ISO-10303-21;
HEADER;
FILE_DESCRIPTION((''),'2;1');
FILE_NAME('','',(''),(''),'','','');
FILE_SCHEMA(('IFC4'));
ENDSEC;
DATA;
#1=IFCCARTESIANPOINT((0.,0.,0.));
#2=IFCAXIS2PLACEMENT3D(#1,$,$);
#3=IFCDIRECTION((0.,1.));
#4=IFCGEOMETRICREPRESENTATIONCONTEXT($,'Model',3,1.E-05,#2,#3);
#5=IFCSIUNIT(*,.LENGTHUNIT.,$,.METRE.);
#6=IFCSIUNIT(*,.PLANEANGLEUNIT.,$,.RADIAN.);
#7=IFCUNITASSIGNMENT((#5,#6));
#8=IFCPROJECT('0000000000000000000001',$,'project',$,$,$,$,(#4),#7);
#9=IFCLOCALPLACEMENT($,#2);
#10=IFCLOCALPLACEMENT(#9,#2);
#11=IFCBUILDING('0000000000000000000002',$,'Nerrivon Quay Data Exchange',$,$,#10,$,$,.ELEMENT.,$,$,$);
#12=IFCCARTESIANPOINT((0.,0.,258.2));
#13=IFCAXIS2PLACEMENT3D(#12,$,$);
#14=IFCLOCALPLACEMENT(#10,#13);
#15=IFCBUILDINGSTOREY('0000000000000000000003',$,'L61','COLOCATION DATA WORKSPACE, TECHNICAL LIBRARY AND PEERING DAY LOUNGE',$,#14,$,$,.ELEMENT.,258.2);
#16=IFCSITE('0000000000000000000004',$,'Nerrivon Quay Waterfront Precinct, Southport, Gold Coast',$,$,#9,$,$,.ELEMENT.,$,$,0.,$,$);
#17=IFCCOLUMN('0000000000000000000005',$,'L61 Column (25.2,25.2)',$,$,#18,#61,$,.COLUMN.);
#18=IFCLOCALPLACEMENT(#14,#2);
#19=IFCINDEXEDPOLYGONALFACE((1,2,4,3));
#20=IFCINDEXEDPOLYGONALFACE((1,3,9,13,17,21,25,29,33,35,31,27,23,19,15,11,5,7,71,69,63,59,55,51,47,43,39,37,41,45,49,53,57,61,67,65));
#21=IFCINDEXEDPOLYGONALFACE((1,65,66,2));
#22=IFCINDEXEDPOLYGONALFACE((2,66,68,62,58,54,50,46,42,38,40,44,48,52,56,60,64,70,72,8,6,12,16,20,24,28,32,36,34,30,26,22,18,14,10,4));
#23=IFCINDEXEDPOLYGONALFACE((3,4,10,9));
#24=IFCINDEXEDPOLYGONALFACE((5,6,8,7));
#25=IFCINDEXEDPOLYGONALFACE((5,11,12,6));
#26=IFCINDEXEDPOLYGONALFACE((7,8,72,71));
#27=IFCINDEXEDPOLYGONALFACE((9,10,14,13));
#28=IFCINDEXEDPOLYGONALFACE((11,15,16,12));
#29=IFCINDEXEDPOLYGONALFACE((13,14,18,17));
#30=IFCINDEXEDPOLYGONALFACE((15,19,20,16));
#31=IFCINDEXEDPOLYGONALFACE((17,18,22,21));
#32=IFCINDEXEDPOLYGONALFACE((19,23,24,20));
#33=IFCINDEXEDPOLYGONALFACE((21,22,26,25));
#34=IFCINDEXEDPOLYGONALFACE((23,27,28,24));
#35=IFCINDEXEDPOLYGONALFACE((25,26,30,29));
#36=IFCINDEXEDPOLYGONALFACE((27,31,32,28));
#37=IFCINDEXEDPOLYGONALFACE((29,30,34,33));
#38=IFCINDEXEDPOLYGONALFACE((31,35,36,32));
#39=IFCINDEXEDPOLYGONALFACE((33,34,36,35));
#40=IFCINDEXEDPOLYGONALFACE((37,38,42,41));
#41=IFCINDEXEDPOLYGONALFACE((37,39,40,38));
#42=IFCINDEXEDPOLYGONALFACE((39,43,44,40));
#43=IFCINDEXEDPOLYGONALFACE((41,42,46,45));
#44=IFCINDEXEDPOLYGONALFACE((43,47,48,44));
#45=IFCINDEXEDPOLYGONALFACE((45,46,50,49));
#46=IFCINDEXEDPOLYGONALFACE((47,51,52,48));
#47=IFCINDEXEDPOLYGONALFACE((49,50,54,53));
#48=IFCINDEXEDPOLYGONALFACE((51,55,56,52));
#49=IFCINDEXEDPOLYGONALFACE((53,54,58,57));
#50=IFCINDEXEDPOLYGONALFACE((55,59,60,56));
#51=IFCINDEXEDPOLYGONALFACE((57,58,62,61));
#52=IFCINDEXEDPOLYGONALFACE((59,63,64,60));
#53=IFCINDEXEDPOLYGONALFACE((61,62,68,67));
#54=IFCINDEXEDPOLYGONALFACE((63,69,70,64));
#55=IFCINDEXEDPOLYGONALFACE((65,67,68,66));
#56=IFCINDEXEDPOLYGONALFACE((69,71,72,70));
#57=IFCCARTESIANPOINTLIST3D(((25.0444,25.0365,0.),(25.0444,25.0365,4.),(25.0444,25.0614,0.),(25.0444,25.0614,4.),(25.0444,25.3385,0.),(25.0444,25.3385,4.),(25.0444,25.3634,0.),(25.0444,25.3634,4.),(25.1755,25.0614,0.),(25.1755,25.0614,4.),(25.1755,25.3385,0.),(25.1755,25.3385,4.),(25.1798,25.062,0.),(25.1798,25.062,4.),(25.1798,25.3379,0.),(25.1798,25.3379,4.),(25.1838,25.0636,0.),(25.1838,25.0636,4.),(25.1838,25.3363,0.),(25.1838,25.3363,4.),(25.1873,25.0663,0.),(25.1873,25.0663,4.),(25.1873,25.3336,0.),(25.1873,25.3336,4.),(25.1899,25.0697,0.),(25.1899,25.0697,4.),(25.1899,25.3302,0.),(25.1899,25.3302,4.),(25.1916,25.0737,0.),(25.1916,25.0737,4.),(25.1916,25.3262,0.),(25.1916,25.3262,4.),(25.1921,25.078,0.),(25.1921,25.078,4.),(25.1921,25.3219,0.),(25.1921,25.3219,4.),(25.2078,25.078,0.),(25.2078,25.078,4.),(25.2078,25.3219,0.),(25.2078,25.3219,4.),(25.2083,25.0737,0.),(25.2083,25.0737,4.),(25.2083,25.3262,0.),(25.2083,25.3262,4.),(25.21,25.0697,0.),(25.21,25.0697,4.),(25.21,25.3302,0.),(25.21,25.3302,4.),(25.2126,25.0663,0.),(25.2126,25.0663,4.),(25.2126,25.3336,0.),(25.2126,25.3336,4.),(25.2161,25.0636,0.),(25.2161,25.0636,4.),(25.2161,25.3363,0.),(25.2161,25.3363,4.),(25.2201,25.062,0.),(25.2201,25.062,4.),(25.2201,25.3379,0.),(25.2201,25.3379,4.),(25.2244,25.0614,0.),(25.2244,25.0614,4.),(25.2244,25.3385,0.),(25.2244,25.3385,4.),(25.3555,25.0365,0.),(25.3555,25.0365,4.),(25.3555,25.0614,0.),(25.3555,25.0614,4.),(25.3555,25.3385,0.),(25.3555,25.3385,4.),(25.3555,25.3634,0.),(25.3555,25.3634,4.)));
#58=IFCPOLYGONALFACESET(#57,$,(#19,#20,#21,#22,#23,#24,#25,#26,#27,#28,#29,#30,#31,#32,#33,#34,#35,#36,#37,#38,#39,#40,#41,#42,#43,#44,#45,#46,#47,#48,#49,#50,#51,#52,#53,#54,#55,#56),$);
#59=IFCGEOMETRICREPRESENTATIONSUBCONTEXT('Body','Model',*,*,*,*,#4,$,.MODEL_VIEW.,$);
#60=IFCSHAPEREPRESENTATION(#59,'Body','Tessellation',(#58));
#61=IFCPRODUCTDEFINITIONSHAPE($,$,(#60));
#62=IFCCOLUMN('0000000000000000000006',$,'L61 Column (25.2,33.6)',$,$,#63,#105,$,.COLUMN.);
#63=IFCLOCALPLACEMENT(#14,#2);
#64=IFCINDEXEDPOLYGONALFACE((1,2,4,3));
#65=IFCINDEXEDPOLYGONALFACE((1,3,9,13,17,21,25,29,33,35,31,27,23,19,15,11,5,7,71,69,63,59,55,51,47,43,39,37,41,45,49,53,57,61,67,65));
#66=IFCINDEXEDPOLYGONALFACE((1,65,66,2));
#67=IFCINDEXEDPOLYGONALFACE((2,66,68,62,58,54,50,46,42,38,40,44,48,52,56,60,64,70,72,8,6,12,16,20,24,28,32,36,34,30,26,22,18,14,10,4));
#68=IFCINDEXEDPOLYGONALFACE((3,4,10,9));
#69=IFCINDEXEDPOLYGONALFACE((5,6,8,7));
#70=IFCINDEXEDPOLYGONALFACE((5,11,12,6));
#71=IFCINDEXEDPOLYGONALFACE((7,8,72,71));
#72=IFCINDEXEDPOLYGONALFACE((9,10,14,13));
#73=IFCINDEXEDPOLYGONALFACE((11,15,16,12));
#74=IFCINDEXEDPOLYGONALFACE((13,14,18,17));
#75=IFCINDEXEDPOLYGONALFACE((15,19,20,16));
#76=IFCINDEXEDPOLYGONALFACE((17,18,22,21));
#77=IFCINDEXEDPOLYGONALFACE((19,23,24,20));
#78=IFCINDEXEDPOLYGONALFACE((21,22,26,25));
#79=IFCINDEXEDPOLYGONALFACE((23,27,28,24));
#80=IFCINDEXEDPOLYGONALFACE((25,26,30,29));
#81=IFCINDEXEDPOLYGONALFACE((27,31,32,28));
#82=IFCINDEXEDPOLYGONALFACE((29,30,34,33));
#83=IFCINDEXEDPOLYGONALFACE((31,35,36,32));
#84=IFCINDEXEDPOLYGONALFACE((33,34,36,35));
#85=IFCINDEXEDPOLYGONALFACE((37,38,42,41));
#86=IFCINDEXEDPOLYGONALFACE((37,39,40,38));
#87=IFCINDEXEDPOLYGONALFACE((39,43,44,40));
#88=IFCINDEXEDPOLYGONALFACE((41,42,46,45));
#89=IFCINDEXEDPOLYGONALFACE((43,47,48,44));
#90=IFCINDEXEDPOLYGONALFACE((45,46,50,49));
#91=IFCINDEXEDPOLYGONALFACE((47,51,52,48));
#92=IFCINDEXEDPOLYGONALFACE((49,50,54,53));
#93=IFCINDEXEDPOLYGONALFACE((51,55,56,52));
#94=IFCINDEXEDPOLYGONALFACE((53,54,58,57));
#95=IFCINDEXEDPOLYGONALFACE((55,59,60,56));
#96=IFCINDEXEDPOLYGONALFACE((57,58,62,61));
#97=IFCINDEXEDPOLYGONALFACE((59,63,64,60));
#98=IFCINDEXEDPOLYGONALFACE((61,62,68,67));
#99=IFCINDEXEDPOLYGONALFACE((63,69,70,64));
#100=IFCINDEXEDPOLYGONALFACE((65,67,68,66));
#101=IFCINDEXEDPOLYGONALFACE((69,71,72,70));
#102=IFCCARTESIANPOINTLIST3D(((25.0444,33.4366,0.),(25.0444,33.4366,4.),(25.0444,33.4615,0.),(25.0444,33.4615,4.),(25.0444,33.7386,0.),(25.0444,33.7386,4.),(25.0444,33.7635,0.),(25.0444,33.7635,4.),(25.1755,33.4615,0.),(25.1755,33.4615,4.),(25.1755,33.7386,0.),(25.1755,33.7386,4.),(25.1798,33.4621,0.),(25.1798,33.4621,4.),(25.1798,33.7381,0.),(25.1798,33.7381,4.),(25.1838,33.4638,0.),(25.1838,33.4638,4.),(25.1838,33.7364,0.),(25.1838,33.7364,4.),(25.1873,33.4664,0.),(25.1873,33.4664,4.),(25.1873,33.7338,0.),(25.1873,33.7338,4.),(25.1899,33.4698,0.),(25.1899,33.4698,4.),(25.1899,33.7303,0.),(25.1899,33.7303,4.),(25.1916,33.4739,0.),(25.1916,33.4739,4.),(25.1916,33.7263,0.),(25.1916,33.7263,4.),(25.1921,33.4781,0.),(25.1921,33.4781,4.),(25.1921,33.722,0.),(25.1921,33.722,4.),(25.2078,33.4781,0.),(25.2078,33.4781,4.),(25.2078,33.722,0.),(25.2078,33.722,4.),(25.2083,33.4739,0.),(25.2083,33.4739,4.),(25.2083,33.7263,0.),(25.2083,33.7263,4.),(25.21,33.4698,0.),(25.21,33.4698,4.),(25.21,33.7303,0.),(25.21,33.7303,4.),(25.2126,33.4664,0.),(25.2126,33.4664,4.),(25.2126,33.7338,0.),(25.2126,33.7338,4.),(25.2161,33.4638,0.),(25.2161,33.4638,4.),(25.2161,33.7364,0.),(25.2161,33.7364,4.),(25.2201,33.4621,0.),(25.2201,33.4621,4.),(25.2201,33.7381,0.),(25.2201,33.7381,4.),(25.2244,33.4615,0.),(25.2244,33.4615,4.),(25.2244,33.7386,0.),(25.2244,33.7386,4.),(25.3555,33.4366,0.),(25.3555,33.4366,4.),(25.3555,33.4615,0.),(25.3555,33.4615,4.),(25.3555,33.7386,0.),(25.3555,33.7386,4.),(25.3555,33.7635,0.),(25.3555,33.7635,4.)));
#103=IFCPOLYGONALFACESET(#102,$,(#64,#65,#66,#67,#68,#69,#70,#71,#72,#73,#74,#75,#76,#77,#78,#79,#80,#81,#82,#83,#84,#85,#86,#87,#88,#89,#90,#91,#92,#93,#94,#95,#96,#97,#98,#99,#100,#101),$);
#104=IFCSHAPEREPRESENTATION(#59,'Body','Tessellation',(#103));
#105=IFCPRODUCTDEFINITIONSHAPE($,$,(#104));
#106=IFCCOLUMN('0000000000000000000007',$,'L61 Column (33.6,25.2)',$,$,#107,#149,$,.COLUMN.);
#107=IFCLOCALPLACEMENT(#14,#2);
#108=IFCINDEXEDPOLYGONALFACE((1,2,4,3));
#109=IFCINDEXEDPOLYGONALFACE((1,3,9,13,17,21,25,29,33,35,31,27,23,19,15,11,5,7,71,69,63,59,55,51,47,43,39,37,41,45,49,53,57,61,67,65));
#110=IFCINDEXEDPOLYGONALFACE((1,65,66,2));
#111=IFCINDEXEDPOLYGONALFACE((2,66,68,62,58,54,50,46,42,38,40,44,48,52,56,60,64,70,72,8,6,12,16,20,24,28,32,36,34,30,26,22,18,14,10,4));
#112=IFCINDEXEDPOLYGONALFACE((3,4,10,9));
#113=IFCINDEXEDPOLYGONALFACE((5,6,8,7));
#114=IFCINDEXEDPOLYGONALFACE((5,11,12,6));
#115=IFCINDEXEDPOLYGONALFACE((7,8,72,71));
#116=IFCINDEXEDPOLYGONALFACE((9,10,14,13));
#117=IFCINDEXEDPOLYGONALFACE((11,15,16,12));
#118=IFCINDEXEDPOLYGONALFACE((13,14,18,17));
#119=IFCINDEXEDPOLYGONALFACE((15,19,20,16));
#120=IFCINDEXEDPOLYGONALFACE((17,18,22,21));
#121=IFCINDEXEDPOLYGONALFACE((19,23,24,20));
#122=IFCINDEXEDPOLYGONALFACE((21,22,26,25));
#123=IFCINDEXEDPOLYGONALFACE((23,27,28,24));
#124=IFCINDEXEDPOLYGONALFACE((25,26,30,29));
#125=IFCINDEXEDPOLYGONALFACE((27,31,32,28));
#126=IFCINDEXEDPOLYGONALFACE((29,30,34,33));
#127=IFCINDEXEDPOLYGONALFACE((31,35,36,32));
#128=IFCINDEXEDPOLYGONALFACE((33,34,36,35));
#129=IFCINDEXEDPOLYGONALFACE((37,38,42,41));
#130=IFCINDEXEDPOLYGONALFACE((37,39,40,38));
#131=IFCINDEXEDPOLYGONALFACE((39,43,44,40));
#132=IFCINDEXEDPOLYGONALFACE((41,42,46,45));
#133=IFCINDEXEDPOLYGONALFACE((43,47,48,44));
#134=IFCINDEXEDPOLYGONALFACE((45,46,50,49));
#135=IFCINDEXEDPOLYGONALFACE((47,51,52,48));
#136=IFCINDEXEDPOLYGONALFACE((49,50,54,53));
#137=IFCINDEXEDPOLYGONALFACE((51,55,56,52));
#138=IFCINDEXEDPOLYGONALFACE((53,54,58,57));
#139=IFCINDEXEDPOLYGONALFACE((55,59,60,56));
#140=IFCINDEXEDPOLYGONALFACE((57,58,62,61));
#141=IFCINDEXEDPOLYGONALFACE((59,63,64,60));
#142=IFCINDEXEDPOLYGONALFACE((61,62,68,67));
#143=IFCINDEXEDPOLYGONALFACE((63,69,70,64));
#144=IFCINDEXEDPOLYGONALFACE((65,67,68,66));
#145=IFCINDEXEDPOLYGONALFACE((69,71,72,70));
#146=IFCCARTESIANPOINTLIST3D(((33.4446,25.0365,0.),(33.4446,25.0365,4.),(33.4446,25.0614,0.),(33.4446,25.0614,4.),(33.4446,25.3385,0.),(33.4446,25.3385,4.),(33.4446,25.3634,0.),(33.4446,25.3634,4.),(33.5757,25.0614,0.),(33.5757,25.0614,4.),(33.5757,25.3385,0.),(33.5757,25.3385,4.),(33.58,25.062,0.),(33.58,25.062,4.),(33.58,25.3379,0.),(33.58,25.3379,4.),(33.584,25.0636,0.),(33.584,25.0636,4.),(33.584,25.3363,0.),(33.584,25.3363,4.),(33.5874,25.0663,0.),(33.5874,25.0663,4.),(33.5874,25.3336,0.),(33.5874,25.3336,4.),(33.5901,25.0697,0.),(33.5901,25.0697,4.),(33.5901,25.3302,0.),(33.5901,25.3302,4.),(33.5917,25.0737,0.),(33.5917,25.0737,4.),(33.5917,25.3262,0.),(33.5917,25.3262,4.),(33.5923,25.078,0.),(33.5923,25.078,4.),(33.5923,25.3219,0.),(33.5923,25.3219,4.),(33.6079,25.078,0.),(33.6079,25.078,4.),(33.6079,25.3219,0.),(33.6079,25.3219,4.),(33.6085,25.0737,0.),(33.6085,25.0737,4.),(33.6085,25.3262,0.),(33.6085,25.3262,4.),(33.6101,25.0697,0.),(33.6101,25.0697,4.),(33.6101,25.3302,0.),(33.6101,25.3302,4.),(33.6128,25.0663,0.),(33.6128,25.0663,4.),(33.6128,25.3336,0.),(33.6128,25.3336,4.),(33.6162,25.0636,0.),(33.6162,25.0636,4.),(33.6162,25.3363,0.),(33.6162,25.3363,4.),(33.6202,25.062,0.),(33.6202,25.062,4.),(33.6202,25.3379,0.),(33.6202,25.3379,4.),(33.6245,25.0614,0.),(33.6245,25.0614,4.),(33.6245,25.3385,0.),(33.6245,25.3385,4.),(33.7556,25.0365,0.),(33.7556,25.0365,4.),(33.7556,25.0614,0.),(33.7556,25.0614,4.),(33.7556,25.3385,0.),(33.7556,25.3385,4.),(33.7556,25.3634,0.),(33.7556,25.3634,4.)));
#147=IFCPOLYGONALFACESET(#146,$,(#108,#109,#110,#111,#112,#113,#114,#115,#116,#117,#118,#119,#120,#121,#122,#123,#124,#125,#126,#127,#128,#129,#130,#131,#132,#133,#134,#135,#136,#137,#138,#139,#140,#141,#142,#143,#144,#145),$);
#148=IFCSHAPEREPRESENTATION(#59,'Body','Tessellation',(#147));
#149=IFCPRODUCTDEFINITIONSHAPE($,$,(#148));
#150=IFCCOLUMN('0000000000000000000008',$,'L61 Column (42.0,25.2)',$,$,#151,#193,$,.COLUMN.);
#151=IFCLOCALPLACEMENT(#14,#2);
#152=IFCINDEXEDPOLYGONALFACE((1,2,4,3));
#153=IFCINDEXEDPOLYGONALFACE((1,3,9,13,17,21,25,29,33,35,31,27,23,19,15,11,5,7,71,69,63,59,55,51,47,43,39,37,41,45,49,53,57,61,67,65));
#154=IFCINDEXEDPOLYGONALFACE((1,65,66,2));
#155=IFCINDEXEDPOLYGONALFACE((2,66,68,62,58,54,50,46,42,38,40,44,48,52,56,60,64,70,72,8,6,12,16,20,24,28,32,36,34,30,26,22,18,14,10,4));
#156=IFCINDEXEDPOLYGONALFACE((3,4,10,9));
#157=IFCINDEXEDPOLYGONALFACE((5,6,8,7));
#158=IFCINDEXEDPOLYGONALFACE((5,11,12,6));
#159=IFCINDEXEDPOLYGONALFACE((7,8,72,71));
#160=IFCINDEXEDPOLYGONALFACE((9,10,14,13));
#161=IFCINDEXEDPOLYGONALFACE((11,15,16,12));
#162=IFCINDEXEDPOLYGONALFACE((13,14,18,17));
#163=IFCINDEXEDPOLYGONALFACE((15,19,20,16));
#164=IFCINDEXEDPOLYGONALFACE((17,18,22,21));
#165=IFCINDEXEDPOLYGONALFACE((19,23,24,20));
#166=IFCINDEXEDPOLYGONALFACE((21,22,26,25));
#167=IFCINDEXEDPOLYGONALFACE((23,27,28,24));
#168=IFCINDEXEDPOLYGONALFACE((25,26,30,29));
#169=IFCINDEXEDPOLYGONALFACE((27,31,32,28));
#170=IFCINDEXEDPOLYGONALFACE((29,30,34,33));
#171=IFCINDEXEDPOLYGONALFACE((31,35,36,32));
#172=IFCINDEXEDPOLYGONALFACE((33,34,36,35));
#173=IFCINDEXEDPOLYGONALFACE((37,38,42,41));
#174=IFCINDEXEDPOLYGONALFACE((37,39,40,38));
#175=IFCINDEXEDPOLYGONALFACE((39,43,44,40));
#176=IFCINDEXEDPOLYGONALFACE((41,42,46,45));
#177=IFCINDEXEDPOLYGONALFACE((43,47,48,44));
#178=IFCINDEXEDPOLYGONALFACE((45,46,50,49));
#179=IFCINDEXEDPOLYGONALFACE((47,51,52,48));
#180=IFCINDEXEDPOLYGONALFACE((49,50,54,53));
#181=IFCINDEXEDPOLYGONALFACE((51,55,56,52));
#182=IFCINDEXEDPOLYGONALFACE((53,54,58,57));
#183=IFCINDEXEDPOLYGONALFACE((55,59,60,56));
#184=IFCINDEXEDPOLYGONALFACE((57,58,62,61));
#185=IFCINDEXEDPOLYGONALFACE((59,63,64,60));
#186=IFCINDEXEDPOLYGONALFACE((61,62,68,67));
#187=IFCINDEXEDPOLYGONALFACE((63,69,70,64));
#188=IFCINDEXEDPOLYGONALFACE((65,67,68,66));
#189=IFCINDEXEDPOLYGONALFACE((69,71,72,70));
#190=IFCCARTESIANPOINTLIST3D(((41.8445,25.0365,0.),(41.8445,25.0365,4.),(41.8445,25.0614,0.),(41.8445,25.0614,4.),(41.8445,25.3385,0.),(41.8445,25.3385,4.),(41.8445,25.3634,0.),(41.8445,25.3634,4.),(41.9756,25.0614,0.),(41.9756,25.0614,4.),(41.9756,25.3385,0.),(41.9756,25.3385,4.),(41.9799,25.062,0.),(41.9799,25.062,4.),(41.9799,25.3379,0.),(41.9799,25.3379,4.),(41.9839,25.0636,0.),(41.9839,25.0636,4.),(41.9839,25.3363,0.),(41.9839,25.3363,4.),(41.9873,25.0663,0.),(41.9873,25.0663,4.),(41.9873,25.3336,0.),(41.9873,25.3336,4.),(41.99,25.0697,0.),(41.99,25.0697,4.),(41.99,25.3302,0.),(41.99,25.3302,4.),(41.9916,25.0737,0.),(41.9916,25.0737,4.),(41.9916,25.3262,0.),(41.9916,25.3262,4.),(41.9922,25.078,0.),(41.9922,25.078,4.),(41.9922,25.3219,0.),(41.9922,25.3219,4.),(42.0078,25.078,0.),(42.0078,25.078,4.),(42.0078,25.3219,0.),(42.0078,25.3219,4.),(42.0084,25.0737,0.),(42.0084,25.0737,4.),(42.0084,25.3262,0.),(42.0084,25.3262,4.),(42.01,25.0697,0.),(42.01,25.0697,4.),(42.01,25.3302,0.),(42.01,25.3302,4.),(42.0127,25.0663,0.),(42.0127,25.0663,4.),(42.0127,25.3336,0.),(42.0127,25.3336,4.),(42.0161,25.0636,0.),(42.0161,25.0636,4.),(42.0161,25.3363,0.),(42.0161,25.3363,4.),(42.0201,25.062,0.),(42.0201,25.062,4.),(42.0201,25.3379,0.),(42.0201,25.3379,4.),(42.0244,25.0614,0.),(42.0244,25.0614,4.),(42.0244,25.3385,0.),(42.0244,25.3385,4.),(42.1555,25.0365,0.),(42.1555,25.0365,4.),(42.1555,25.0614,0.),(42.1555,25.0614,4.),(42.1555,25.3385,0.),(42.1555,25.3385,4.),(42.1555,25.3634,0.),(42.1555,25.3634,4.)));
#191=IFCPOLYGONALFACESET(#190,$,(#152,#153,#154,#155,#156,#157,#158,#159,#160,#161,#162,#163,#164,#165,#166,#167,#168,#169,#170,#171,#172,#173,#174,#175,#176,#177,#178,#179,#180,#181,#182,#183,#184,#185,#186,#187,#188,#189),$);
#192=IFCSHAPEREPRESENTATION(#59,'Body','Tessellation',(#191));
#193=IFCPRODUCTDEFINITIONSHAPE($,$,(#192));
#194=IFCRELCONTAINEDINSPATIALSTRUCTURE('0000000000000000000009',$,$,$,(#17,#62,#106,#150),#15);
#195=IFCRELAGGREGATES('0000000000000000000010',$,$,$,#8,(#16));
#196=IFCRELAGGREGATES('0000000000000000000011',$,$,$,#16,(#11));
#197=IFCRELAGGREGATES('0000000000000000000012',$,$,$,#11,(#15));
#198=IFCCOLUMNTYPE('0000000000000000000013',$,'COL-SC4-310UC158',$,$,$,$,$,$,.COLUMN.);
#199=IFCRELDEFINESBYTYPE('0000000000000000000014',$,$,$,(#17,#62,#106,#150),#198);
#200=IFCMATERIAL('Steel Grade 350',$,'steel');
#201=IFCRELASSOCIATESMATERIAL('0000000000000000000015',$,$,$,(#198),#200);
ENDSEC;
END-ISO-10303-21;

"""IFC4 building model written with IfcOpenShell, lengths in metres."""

from ifc_helpers import new_model, si_unit, direction, frame, origin, origin_2d, place, context, subcontext, project, spatial, i_section, extrude, material, material_profile, profile_set, type_object, element, save


model = new_model("IFC4")

# Units and contexts
model_context = context("Model", 3, precision=1e-05, world=origin(), true_north=direction((0.0, 1.0)))
body_context = subcontext(model_context, "Body", "Model", "MODEL_VIEW")
ifc_project = project(units=[si_unit("LENGTHUNIT", "METRE"), si_unit("PLANEANGLEUNIT", "RADIAN")], contexts=[model_context])

# Site, building, storey
site_placement = place(None, origin())
site = spatial("IfcSite", under=ifc_project, at=site_placement, Name="Nerrivon Quay Waterfront Precinct, Southport, Gold Coast", CompositionType="ELEMENT", RefElevation=0.0)
building_placement = place(site_placement, origin())
building = spatial("IfcBuilding", under=site, at=building_placement, Name="Nerrivon Quay Data Exchange", CompositionType="ELEMENT")
storey_placement = place(building_placement, frame((0.0, 0.0, 258.2)))
storey = spatial("IfcBuildingStorey", under=building, at=storey_placement, Name="L61", Description="COLOCATION DATA WORKSPACE, TECHNICAL LIBRARY AND PEERING DAY LOUNGE", CompositionType="ELEMENT", Elevation=258.2)

# Columns
ifc_material_1 = material(Name="Steel Grade 350", Category="steel")
ifc_material_profile_1 = material_profile(ifc_material_1, i_section(OverallWidth=0.311, OverallDepth=0.3269, WebThickness=0.0156, FlangeThickness=0.0249, FilletRadius=0.0166, at=origin_2d()), Name="310UC158")
ifc_profile_set_1 = profile_set([ifc_material_profile_1], Name="Steel Grade 350")
column_type = type_object("IfcColumnType", Name="COL-SC4-310UC158", PredefinedType="COLUMN", material=ifc_profile_set_1)
for number, where, z_axis, x_axis, name in (
    (1, (25.2, 25.2, 0.0), (0.0, 0.0, 1.0), (1.0, 0.0, 0.0), "L61 Column (25.2,25.2)"),
    (2, (25.2, 33.6001, 0.0), (0.0, 0.0, 1.0), (1.0, 0.0, 0.0), "L61 Column (25.2,33.6)"),
    (3, (33.6001, 25.2, 0.0), (0.0, 0.0, 1.0), (1.0, 0.0, 0.0), "L61 Column (33.6,25.2)"),
    (4, (42.0, 25.2, 0.0), (0.0, 0.0, 1.0), (1.0, 0.0, 0.0), "L61 Column (42.0,25.2)"),
):
    element("IfcColumn", number, at=place(storey_placement, frame(where, z_axis=z_axis, x_axis=x_axis)), inside=storey, type_object=column_type, Name=name, PredefinedType="COLUMN", context=body_context, shape_type="SweptSolid", body=[
        extrude(i_section(OverallWidth=0.311, OverallDepth=0.3269, WebThickness=0.0156, FlangeThickness=0.0249, FilletRadius=0.0166, at=origin_2d()), origin(), (0.0, 0.0, 1.0), 4.0),
    ])

save(model, "model.ifc")
